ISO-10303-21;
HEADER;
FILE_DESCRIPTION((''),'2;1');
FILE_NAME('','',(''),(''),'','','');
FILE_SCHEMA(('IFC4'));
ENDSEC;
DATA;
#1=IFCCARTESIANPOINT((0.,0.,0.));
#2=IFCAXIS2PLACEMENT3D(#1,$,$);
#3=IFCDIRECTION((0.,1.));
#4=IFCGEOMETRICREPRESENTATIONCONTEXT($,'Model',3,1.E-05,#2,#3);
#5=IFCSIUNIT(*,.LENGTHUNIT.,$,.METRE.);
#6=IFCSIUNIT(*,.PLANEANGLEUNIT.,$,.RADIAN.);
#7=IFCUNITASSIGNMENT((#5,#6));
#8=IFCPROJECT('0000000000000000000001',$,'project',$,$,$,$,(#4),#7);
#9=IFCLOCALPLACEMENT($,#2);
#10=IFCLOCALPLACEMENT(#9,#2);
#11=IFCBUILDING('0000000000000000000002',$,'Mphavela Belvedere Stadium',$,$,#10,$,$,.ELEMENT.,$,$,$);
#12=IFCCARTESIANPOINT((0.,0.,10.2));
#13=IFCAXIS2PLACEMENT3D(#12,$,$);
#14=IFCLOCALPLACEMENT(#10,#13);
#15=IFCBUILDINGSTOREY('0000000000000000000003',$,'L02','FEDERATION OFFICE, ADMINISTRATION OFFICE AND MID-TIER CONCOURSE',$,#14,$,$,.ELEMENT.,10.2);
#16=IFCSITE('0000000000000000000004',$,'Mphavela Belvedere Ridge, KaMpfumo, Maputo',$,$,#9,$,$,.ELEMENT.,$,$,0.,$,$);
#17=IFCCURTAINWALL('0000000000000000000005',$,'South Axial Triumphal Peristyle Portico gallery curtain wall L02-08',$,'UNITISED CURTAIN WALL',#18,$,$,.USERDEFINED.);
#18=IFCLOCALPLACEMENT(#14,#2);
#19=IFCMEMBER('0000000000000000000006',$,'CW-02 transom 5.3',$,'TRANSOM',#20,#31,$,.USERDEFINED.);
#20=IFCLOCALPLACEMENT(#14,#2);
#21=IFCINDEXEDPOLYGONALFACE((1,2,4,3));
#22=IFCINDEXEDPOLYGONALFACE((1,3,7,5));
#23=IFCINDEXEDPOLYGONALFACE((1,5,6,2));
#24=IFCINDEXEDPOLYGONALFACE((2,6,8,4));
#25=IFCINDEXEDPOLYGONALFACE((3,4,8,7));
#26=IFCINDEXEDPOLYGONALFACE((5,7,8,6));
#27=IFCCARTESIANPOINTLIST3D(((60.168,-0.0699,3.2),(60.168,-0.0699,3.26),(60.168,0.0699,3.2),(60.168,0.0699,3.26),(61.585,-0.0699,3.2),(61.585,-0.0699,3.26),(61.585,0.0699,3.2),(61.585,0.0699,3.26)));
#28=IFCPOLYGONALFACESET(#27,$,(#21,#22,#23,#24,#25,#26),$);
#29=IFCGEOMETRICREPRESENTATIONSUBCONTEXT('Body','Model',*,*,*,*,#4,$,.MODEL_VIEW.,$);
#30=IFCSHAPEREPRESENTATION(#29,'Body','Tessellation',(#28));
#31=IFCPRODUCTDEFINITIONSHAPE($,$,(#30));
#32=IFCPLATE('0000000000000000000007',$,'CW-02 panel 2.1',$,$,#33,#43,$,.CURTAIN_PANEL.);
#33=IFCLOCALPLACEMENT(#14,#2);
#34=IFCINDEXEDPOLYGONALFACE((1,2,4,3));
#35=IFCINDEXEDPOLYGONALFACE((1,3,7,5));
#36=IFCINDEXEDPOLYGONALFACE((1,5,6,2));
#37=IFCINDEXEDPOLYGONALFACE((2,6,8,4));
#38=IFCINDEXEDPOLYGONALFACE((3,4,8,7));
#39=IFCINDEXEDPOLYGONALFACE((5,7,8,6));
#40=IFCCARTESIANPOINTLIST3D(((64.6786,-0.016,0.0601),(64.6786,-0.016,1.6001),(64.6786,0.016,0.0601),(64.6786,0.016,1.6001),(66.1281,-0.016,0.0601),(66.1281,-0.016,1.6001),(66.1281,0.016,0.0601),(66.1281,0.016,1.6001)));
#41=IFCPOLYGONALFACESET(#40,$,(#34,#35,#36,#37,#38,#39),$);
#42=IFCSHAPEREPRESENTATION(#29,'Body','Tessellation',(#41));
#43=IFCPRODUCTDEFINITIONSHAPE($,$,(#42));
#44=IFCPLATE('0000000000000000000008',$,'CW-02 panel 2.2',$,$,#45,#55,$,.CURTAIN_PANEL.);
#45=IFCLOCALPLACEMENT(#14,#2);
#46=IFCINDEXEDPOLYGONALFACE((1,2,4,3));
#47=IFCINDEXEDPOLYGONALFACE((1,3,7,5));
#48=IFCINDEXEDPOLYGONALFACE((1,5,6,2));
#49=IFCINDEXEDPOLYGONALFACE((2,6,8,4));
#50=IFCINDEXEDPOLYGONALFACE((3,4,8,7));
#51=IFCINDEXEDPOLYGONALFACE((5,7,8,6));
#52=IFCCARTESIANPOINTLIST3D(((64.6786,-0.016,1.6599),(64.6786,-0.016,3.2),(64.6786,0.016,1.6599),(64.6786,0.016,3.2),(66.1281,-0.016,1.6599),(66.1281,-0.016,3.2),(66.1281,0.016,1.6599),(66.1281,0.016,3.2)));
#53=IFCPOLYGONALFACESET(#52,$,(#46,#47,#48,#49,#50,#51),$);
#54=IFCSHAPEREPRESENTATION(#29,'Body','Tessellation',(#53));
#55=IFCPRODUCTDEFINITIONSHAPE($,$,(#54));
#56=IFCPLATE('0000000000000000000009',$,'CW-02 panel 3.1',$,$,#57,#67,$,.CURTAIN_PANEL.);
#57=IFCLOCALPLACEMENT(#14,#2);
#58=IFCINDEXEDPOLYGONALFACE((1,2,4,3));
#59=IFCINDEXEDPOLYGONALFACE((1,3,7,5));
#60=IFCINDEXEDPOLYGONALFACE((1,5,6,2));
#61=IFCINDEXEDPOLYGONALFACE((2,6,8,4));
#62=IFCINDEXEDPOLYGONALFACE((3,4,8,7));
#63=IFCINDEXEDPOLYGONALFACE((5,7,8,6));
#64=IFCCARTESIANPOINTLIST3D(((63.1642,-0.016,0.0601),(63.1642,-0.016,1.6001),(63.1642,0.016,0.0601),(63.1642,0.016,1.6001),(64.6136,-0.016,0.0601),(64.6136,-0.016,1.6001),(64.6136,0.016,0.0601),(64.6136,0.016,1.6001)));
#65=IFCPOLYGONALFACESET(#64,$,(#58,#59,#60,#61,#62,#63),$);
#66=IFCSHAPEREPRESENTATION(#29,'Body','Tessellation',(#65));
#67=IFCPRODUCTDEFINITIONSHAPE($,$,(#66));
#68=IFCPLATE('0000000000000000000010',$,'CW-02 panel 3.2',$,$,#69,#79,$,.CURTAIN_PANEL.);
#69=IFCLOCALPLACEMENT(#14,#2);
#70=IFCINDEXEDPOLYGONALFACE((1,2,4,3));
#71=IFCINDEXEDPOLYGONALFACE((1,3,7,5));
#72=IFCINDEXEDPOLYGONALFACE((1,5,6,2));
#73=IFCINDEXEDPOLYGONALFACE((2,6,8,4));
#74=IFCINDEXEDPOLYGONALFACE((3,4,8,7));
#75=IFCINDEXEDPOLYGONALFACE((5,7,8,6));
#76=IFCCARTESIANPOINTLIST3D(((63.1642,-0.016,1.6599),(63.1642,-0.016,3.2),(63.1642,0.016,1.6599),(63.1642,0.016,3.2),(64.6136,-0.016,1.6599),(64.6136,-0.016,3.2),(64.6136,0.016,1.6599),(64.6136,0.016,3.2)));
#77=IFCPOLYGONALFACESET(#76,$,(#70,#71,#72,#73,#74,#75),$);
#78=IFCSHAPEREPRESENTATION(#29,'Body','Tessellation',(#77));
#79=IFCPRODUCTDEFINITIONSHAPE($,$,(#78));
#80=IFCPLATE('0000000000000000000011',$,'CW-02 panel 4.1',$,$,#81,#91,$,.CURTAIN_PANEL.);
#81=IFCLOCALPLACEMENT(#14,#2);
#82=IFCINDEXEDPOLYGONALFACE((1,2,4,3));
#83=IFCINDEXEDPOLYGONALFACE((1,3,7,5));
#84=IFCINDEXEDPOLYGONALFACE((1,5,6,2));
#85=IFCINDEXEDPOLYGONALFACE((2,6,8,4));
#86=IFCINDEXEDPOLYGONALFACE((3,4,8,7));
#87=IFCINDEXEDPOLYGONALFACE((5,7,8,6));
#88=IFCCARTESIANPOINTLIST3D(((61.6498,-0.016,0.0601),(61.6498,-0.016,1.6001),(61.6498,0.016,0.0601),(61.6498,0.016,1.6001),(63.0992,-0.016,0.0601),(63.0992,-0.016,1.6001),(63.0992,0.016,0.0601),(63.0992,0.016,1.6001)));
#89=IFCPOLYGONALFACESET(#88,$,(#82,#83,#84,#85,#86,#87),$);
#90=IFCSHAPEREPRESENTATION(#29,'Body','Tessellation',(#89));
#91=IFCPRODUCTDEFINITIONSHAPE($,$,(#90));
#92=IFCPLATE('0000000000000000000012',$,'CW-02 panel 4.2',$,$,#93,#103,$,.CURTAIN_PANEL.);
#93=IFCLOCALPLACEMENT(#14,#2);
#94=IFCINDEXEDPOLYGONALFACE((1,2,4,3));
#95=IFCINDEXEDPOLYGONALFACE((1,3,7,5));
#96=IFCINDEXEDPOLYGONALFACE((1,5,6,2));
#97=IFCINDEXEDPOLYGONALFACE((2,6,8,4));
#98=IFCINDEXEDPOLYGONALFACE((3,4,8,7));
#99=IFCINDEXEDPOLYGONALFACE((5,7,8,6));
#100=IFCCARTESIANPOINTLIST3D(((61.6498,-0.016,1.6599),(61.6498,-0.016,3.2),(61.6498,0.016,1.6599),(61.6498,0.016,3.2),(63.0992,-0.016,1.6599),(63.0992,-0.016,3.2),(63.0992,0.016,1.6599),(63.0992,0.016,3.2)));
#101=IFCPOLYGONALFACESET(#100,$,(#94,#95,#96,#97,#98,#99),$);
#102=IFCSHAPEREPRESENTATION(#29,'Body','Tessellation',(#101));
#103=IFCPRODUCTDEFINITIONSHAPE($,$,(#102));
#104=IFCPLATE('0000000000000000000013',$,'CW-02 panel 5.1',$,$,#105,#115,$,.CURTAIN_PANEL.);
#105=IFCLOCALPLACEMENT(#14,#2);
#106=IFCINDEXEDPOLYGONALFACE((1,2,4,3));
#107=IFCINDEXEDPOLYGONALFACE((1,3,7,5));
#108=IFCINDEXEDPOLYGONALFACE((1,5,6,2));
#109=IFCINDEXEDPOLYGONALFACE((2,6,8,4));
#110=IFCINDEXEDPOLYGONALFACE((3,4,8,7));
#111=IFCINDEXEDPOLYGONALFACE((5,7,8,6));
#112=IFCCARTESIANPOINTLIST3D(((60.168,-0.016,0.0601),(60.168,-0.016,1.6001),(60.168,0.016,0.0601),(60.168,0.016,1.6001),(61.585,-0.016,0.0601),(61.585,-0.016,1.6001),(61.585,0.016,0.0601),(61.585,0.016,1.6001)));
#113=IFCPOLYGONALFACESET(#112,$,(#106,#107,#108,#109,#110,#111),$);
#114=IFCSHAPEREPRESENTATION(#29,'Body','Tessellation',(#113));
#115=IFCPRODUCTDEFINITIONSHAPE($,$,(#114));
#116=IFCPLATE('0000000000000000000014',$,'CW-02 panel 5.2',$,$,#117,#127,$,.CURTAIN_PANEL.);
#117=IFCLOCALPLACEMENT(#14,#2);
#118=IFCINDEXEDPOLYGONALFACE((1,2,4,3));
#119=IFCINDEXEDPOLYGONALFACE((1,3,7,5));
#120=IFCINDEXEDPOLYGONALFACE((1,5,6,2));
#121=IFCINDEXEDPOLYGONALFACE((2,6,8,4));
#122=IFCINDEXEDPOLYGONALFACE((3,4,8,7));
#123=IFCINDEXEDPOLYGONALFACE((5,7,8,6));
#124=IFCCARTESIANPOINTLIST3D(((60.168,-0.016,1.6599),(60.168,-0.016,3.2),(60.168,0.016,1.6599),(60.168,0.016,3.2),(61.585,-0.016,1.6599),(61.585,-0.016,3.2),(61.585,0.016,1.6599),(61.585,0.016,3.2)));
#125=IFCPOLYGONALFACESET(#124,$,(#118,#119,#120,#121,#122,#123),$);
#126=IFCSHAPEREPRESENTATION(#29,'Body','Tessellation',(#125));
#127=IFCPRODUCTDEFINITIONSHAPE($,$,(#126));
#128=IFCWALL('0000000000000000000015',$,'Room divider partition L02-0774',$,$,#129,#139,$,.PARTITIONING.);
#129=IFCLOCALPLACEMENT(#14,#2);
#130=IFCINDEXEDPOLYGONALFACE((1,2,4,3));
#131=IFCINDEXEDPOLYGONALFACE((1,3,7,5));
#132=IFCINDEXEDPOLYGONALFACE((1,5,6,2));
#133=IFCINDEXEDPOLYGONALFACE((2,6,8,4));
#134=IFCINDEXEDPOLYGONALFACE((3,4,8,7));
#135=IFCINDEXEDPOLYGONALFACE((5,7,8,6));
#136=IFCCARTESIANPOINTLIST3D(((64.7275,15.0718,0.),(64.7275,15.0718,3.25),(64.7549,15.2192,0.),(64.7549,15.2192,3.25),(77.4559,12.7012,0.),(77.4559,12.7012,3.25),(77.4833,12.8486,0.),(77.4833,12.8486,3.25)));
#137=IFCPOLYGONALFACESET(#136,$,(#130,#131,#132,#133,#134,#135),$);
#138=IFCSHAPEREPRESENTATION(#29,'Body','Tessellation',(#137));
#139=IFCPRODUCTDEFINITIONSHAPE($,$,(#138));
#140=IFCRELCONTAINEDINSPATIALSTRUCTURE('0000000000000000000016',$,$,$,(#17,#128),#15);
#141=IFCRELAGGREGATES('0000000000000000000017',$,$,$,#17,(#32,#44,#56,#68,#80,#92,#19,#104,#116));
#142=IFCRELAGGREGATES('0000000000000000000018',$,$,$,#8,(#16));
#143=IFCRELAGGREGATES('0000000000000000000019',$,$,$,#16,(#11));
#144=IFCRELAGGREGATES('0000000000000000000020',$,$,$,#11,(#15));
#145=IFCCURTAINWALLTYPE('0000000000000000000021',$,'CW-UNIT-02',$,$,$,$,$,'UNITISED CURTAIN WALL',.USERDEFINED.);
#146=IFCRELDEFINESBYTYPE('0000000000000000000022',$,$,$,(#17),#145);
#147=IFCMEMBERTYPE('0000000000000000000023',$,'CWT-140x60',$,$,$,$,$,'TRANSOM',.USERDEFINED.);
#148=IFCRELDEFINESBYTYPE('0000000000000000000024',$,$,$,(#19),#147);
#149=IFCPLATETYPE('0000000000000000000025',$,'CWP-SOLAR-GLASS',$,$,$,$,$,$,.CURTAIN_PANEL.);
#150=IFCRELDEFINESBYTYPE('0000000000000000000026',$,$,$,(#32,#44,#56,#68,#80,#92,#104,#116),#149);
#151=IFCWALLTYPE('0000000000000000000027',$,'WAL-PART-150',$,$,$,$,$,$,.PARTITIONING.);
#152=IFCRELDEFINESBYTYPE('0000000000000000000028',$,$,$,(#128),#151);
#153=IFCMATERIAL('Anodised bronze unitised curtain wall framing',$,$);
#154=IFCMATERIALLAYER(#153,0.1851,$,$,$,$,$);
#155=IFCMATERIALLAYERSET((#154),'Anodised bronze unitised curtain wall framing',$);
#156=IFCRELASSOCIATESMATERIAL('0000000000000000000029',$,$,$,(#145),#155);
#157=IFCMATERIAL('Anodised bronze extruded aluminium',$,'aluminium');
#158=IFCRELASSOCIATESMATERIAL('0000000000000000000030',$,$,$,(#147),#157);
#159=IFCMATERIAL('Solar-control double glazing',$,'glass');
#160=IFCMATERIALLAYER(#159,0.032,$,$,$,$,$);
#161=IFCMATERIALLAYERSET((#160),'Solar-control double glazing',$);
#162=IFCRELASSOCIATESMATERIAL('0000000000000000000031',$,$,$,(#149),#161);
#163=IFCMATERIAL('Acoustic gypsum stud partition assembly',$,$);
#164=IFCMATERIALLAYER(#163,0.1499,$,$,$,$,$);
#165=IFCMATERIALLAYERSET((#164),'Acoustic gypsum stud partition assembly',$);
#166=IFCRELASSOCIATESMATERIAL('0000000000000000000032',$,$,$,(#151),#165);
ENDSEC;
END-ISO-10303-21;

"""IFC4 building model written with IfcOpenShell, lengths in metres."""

from ifc_helpers import new_model, si_unit, direction, frame, frame_2d, origin, origin_2d, place, context, subcontext, project, spatial, rectangle, extrude, material, layer, layer_set, material_profile, profile_set, type_object, element, aggregate, save


model = new_model("IFC4")

# Units and contexts
model_context = context("Model", 3, precision=1e-05, world=origin(), true_north=direction((0.0, 1.0)))
body_context = subcontext(model_context, "Body", "Model", "MODEL_VIEW")
ifc_project = project(units=[si_unit("LENGTHUNIT", "METRE"), si_unit("PLANEANGLEUNIT", "RADIAN")], contexts=[model_context])

# Site, building, storey
site_placement = place(None, origin())
site = spatial("IfcSite", under=ifc_project, at=site_placement, Name="Mphavela Belvedere Ridge, KaMpfumo, Maputo", CompositionType="ELEMENT", RefElevation=0.0)
building_placement = place(site_placement, origin())
building = spatial("IfcBuilding", under=site, at=building_placement, Name="Mphavela Belvedere Stadium", CompositionType="ELEMENT")
storey_placement = place(building_placement, frame((0.0, 0.0, 10.2)))
storey = spatial("IfcBuildingStorey", under=building, at=storey_placement, Name="L02", Description="FEDERATION OFFICE, ADMINISTRATION OFFICE AND MID-TIER CONCOURSE", CompositionType="ELEMENT", Elevation=10.2)

# Curtain wall, member, plates
ifc_material_1 = material(Name="Anodised bronze unitised curtain wall framing")
ifc_layer_1 = layer(ifc_material_1, 0.1851)
ifc_layer_set_1 = layer_set([ifc_layer_1], Name="Anodised bronze unitised curtain wall framing")
curtain_wall_type = type_object("IfcCurtainWallType", Name="CW-UNIT-02", ElementType="UNITISED CURTAIN WALL", PredefinedType="USERDEFINED", material=ifc_layer_set_1)
curtain_wall_placement = place(storey_placement, origin())
curtain_wall = element("IfcCurtainWall", 1, at=curtain_wall_placement, inside=storey, type_object=curtain_wall_type, Name="South Axial Triumphal Peristyle Portico gallery curtain wall L02-08", ObjectType="UNITISED CURTAIN WALL", PredefinedType="USERDEFINED")
ifc_material_2 = material(Name="Anodised bronze extruded aluminium", Category="aluminium")
ifc_material_profile_1 = material_profile(ifc_material_2, rectangle(XDim=0.1399, YDim=0.0601, at=origin_2d()), Name="CW-TRN 140x60")
ifc_profile_set_1 = profile_set([ifc_material_profile_1], Name="Anodised bronze extruded aluminium")
member_type_1 = type_object("IfcMemberType", Name="CWT-140x60", ElementType="TRANSOM", PredefinedType="USERDEFINED", material=ifc_profile_set_1)
member_1_placement = place(storey_placement, frame((61.585, 0.0, 3.23), z_axis=(-1.0, 0.0, 0.0), x_axis=(0.0, -1.0, 0.0)))
member_1 = element("IfcMember", 2, at=member_1_placement, type_object=member_type_1, Name="CW-02 transom 5.3", ObjectType="TRANSOM", PredefinedType="USERDEFINED", context=body_context, shape_type="SweptSolid", body=[
    extrude(rectangle(XDim=0.1399, YDim=0.0601, at=origin_2d()), origin(), (0.0, 0.0, 1.0), 1.417),
])
ifc_material_3 = material(Name="Solar-control double glazing", Category="glass")
ifc_layer_2 = layer(ifc_material_3, 0.032)
ifc_layer_set_2 = layer_set([ifc_layer_2], Name="Solar-control double glazing")
plate_type = type_object("IfcPlateType", Name="CWP-SOLAR-GLASS", PredefinedType="CURTAIN_PANEL", material=ifc_layer_set_2)
plate_1_placement = place(storey_placement, frame((65.4033, 0.0, 0.0601), z_axis=(0.0, 0.0, 1.0), x_axis=(-1.0, 0.0, 0.0)))
plate_1 = element("IfcPlate", 3, at=plate_1_placement, type_object=plate_type, Name="CW-02 panel 2.1", PredefinedType="CURTAIN_PANEL", context=body_context, shape_type="SweptSolid", body=[
    extrude(rectangle(XDim=1.4495, YDim=0.032, at=origin_2d()), origin(), (0.0, 0.0, 1.0), 1.54),
])
plate_2_placement = place(storey_placement, frame((65.4033, 0.0, 1.6599), z_axis=(0.0, 0.0, 1.0), x_axis=(-1.0, 0.0, 0.0)))
plate_2 = element("IfcPlate", 4, at=plate_2_placement, type_object=plate_type, Name="CW-02 panel 2.2", PredefinedType="CURTAIN_PANEL", context=body_context, shape_type="SweptSolid", body=[
    extrude(rectangle(XDim=1.4495, YDim=0.032, at=origin_2d()), origin(), (0.0, 0.0, 1.0), 1.54),
])
plate_3_placement = place(storey_placement, frame((63.8889, 0.0, 0.0601), z_axis=(0.0, 0.0, 1.0), x_axis=(-1.0, 0.0, 0.0)))
plate_3 = element("IfcPlate", 5, at=plate_3_placement, type_object=plate_type, Name="CW-02 panel 3.1", PredefinedType="CURTAIN_PANEL", context=body_context, shape_type="SweptSolid", body=[
    extrude(rectangle(XDim=1.4495, YDim=0.032, at=origin_2d()), origin(), (0.0, 0.0, 1.0), 1.54),
])
plate_4_placement = place(storey_placement, frame((63.8889, 0.0, 1.6599), z_axis=(0.0, 0.0, 1.0), x_axis=(-1.0, 0.0, 0.0)))
plate_4 = element("IfcPlate", 6, at=plate_4_placement, type_object=plate_type, Name="CW-02 panel 3.2", PredefinedType="CURTAIN_PANEL", context=body_context, shape_type="SweptSolid", body=[
    extrude(rectangle(XDim=1.4495, YDim=0.032, at=origin_2d()), origin(), (0.0, 0.0, 1.0), 1.54),
])
plate_5_placement = place(storey_placement, frame((62.3745, 0.0, 0.0601), z_axis=(0.0, 0.0, 1.0), x_axis=(-1.0, 0.0, 0.0)))
plate_5 = element("IfcPlate", 7, at=plate_5_placement, type_object=plate_type, Name="CW-02 panel 4.1", PredefinedType="CURTAIN_PANEL", context=body_context, shape_type="SweptSolid", body=[
    extrude(rectangle(XDim=1.4495, YDim=0.032, at=origin_2d()), origin(), (0.0, 0.0, 1.0), 1.54),
])
plate_6_placement = place(storey_placement, frame((62.3745, 0.0, 1.6599), z_axis=(0.0, 0.0, 1.0), x_axis=(-1.0, 0.0, 0.0)))
plate_6 = element("IfcPlate", 8, at=plate_6_placement, type_object=plate_type, Name="CW-02 panel 4.2", PredefinedType="CURTAIN_PANEL", context=body_context, shape_type="SweptSolid", body=[
    extrude(rectangle(XDim=1.4495, YDim=0.032, at=origin_2d()), origin(), (0.0, 0.0, 1.0), 1.54),
])
plate_7_placement = place(storey_placement, frame((60.8765, 0.0, 0.0601), z_axis=(0.0, 0.0, 1.0), x_axis=(-1.0, 0.0, 0.0)))
plate_7 = element("IfcPlate", 9, at=plate_7_placement, type_object=plate_type, Name="CW-02 panel 5.1", PredefinedType="CURTAIN_PANEL", context=body_context, shape_type="SweptSolid", body=[
    extrude(rectangle(XDim=1.417, YDim=0.032, at=origin_2d()), origin(), (0.0, 0.0, 1.0), 1.54),
])
plate_8_placement = place(storey_placement, frame((60.8765, 0.0, 1.6599), z_axis=(0.0, 0.0, 1.0), x_axis=(-1.0, 0.0, 0.0)))
plate_8 = element("IfcPlate", 10, at=plate_8_placement, type_object=plate_type, Name="CW-02 panel 5.2", PredefinedType="CURTAIN_PANEL", context=body_context, shape_type="SweptSolid", body=[
    extrude(rectangle(XDim=1.417, YDim=0.032, at=origin_2d()), origin(), (0.0, 0.0, 1.0), 1.54),
])
aggregate(curtain_wall, [plate_1, plate_2, plate_3, plate_4, plate_5, plate_6, member_1, plate_7, plate_8])

# Wall
ifc_material_4 = material(Name="Acoustic gypsum stud partition assembly")
ifc_layer_3 = layer(ifc_material_4, 0.1499)
ifc_layer_set_3 = layer_set([ifc_layer_3], Name="Acoustic gypsum stud partition assembly")
wall_type = type_object("IfcWallType", Name="WAL-PART-150", PredefinedType="PARTITIONING", material=ifc_layer_set_3)
wall_placement = place(storey_placement, frame((64.7412, 15.1455, 0.0), z_axis=(0.0, 0.0, 1.0), x_axis=(0.983095, -0.183099, 0.0)))
element("IfcWall", 11, at=wall_placement, inside=storey, type_object=wall_type, Name="Room divider partition L02-0774", PredefinedType="PARTITIONING", context=body_context, shape_type="SweptSolid", body=[
    extrude(rectangle(XDim=12.9473, YDim=0.1499, at=frame_2d((6.4736, 0.0))), origin(), (0.0, 0.0, 1.0), 3.25),
])

save(model, "model.ifc")
